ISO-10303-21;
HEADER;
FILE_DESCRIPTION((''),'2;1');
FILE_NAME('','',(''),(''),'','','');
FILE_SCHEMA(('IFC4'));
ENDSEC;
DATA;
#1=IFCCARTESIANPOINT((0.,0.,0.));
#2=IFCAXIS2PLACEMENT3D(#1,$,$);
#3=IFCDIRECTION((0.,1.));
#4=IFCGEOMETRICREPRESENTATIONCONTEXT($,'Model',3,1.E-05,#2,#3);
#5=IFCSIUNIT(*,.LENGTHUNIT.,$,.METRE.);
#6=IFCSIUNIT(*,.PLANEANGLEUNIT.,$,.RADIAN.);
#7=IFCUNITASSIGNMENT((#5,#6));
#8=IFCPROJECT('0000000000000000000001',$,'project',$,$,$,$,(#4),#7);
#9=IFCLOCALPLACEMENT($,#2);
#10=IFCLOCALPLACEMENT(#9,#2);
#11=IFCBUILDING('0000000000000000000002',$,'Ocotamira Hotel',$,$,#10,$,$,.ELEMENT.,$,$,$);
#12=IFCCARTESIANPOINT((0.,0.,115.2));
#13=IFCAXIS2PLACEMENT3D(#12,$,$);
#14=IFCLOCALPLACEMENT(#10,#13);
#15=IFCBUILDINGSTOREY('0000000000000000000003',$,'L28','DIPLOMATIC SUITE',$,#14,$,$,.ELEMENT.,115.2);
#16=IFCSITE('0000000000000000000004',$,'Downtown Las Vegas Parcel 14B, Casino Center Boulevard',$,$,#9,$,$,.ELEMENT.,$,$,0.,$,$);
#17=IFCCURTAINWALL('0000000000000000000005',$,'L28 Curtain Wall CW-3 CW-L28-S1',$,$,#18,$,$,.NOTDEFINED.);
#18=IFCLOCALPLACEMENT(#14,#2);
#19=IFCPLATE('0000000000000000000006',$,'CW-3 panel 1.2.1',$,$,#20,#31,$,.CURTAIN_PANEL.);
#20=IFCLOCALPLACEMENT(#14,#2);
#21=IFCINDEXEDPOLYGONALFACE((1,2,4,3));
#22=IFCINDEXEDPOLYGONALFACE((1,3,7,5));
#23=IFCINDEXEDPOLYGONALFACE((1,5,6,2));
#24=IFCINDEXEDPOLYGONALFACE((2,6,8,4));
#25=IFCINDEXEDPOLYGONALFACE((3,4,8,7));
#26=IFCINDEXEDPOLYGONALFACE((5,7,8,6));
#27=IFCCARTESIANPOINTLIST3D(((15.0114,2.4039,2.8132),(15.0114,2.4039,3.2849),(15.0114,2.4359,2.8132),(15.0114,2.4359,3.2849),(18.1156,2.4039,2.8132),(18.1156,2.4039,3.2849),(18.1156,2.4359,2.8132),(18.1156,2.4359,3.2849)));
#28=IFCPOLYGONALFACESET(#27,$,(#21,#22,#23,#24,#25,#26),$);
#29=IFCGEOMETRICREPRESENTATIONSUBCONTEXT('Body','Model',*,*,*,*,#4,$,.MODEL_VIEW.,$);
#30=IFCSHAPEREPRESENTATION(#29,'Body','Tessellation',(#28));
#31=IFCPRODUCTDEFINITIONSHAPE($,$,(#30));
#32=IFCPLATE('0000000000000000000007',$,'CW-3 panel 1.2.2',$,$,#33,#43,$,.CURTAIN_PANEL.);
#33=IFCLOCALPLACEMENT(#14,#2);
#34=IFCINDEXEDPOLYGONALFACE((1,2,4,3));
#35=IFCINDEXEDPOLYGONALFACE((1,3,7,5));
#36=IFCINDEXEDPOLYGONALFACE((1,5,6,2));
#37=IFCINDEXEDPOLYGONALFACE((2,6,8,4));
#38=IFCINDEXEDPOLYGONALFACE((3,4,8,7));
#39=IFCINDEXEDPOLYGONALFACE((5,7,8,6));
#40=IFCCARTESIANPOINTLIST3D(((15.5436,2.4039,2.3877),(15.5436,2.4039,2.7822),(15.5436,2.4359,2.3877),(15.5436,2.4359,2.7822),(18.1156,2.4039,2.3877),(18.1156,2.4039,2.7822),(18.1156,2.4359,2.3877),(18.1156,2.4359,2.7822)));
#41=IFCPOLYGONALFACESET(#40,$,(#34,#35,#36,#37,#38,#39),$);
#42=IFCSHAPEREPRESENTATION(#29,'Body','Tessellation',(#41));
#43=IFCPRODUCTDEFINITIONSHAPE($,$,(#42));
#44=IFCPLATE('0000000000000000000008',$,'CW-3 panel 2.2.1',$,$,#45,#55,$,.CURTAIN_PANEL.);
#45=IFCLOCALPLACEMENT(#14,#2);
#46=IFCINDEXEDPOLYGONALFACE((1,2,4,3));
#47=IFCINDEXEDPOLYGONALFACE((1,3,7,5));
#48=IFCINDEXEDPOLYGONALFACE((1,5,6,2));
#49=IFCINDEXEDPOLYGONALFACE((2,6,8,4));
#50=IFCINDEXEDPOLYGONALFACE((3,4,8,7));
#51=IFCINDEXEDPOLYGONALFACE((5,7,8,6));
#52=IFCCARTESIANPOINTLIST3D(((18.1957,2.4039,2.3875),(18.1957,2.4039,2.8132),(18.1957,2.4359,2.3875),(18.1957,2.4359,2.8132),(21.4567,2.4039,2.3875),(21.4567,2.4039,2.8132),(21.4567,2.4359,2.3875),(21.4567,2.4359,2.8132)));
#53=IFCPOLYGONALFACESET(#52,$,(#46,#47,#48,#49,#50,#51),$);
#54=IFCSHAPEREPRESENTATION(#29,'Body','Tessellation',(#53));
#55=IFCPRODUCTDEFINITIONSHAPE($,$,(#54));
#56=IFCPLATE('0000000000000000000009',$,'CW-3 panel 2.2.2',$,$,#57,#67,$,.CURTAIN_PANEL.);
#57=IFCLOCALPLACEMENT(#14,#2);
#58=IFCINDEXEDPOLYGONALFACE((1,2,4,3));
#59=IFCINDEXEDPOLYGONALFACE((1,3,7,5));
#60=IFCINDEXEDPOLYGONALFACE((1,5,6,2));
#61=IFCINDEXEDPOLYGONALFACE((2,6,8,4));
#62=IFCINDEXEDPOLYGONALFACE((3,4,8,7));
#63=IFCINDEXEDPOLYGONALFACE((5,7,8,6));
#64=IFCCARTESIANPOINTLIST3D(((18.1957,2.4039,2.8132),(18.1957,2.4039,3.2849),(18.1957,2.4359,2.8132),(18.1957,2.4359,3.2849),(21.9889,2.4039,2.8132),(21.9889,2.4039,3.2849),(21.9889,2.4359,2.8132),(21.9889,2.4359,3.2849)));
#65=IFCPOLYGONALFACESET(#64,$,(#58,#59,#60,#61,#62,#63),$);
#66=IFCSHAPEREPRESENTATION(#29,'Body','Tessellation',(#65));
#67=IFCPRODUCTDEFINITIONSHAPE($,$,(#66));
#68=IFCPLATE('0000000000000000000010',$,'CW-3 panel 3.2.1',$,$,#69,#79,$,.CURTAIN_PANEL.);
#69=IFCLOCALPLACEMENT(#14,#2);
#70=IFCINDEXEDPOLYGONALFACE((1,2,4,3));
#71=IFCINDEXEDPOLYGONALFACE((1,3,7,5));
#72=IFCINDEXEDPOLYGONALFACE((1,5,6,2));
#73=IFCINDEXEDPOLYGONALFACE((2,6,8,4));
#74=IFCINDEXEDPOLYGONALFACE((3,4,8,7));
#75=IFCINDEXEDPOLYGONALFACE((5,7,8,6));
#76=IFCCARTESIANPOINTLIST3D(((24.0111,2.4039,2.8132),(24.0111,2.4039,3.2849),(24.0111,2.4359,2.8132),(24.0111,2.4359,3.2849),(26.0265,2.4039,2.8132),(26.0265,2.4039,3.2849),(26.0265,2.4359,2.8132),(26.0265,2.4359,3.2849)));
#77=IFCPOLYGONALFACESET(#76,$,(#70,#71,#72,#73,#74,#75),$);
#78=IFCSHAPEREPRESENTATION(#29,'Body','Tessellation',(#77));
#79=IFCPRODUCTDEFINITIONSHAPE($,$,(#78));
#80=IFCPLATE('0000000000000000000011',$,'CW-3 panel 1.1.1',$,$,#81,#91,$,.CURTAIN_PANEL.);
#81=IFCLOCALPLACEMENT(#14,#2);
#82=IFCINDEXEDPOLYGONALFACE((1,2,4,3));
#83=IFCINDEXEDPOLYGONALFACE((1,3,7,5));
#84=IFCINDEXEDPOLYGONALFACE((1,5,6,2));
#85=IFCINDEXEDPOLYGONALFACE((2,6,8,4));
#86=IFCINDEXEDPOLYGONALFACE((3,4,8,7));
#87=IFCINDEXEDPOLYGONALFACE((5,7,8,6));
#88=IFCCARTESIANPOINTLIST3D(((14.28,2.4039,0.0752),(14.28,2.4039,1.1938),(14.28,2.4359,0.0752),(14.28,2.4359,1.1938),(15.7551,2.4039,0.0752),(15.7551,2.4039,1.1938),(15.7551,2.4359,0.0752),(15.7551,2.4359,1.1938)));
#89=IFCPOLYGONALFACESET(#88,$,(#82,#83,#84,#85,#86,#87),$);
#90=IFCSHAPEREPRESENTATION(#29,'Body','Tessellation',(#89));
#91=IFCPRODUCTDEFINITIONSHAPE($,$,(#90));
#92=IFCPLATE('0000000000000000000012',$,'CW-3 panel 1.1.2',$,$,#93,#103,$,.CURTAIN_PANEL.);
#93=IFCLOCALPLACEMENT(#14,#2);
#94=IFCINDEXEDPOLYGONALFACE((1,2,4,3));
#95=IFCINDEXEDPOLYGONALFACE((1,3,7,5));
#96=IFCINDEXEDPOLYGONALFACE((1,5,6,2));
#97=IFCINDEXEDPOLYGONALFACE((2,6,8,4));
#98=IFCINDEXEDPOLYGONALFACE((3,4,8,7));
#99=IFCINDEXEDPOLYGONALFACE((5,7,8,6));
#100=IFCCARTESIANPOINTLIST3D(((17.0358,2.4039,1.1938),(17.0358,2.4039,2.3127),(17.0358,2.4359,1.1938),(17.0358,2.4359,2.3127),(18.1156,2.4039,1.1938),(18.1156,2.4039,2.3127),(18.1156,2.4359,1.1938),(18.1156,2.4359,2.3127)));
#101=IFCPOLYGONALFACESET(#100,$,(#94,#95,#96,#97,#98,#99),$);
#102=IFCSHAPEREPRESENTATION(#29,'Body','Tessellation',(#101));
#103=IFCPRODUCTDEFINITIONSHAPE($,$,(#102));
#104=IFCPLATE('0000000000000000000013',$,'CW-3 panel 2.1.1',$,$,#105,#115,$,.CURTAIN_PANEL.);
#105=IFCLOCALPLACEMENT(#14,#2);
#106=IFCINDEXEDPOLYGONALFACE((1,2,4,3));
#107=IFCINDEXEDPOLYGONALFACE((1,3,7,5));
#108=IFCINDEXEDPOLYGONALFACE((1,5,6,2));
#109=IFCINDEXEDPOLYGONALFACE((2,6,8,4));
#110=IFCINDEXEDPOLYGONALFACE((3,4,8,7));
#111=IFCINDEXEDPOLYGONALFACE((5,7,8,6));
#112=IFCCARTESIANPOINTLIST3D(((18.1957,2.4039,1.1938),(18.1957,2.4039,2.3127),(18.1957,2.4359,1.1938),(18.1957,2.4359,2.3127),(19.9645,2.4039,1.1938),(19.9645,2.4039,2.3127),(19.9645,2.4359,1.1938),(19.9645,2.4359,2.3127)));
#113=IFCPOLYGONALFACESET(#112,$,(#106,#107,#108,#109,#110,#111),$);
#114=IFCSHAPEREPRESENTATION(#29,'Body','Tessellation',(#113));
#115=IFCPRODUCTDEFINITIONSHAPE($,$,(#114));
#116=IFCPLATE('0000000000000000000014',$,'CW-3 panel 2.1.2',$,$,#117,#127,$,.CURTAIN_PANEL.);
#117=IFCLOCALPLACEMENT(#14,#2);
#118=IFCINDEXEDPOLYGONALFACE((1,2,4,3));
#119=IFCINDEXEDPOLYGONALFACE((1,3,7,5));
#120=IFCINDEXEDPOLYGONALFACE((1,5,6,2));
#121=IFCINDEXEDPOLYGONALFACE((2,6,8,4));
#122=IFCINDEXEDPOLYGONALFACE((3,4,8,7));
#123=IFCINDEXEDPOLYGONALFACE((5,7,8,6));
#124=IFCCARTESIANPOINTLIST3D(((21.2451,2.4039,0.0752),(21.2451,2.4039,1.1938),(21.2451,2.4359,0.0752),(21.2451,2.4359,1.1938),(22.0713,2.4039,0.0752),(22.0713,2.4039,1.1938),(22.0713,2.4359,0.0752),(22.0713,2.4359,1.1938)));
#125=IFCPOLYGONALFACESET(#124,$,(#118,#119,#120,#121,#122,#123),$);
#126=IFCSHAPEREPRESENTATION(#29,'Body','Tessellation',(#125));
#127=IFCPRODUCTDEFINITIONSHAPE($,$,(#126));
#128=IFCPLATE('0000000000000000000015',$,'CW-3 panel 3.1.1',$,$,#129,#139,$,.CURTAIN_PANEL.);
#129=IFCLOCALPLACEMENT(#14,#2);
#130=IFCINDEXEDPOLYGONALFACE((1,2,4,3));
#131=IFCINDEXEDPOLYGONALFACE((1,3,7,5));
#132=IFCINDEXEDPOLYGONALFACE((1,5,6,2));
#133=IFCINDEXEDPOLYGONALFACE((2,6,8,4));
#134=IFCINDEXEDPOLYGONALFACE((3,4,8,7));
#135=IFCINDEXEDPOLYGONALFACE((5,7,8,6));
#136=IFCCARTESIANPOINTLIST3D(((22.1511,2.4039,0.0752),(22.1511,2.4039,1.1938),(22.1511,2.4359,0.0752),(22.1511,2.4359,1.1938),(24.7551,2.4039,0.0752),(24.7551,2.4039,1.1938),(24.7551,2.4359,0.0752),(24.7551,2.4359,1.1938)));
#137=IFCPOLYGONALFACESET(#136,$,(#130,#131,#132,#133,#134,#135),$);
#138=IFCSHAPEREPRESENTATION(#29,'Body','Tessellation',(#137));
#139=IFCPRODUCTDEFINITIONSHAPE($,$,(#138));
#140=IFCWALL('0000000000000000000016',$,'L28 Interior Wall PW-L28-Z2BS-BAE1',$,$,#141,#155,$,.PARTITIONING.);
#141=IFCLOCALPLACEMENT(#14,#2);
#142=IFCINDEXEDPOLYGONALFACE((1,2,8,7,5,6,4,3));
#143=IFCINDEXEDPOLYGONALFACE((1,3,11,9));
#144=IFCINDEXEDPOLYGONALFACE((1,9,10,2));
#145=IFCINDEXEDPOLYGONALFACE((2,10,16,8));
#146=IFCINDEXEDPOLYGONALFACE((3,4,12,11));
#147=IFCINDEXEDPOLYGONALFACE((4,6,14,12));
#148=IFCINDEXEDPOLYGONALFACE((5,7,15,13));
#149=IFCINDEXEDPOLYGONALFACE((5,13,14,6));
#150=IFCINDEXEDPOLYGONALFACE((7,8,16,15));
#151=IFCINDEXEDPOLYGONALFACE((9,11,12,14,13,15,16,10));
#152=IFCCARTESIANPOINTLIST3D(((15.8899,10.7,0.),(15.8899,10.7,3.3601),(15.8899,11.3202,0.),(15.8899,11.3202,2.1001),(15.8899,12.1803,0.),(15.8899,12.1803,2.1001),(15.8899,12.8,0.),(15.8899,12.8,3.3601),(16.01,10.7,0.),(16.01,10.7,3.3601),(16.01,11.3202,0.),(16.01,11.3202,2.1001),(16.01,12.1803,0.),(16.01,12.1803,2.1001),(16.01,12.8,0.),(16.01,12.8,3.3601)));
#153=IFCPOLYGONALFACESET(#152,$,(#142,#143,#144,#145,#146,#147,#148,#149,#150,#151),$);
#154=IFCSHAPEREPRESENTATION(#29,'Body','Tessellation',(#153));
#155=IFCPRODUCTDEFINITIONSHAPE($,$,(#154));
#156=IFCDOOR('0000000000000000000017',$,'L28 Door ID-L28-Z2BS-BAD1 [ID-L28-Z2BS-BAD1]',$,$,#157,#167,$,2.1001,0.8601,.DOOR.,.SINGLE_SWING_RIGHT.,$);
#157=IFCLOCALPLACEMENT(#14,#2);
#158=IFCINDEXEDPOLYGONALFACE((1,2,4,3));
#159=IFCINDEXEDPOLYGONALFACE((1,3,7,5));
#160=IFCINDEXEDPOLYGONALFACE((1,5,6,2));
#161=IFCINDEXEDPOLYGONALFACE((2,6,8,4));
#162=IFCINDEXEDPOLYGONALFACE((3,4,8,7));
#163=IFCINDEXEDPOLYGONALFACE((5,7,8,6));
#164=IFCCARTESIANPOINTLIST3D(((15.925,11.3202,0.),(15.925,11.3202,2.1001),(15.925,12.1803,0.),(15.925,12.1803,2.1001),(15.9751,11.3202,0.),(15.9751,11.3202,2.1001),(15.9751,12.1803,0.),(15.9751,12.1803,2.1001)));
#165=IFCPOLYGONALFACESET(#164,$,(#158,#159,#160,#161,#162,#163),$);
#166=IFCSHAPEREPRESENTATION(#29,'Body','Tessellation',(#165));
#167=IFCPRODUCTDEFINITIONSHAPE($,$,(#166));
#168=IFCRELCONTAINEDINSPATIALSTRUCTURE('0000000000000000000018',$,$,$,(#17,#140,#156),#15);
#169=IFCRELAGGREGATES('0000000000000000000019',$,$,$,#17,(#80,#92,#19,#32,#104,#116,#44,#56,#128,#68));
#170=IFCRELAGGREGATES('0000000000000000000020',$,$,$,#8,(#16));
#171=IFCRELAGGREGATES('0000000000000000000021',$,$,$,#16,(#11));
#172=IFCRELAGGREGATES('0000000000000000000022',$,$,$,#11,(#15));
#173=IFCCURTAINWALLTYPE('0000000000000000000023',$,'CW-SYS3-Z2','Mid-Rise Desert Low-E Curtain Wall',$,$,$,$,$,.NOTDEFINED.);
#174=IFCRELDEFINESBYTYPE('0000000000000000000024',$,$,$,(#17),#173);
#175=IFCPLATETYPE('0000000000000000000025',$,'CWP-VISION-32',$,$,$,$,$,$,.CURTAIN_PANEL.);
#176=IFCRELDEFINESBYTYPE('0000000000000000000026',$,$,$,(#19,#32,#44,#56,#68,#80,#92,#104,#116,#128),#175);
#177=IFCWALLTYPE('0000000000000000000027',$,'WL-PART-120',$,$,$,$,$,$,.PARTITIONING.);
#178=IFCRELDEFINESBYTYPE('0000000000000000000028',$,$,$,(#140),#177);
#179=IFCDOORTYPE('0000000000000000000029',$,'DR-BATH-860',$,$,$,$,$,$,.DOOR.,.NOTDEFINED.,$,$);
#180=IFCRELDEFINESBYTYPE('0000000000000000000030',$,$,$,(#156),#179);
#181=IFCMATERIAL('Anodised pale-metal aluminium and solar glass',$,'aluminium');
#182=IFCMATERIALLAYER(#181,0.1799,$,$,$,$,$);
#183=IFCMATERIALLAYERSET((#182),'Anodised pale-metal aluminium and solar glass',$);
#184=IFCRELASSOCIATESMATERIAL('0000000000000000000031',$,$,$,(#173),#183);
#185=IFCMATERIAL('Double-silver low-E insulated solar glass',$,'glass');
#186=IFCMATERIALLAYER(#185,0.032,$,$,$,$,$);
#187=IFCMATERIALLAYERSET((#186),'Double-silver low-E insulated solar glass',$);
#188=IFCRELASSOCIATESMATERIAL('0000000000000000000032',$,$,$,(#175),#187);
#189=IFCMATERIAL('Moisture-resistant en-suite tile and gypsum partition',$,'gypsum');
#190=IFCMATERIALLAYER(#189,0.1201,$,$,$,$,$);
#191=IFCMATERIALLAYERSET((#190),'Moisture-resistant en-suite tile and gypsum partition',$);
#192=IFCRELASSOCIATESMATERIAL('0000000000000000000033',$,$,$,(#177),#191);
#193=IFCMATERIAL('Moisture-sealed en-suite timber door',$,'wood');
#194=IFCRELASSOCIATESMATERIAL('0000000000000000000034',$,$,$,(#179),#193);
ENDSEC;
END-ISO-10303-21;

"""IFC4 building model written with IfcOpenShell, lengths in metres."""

from ifc_helpers import new_model, si_unit, direction, frame, frame_2d, origin, origin_2d, place, context, subcontext, project, spatial, rectangle, extrude, source, transform, mapped, material, layer, layer_set, type_object, element, fill, aggregate, save


model = new_model("IFC4")

# Units and contexts
model_context = context("Model", 3, precision=1e-05, world=origin(), true_north=direction((0.0, 1.0)))
body_context = subcontext(model_context, "Body", "Model", "MODEL_VIEW")
ifc_project = project(units=[si_unit("LENGTHUNIT", "METRE"), si_unit("PLANEANGLEUNIT", "RADIAN")], contexts=[model_context])

# Site, building, storey
site_placement = place(None, origin())
site = spatial("IfcSite", under=ifc_project, at=site_placement, Name="Downtown Las Vegas Parcel 14B, Casino Center Boulevard", CompositionType="ELEMENT", RefElevation=0.0)
building_placement = place(site_placement, origin())
building = spatial("IfcBuilding", under=site, at=building_placement, Name="Ocotamira Hotel", CompositionType="ELEMENT")
storey_placement = place(building_placement, frame((0.0, 0.0, 115.2)))
storey = spatial("IfcBuildingStorey", under=building, at=storey_placement, Name="L28", Description="DIPLOMATIC SUITE", CompositionType="ELEMENT", Elevation=115.2)

# Curtain wall
ifc_material_1 = material(Name="Anodised pale-metal aluminium and solar glass", Category="aluminium")
ifc_layer_1 = layer(ifc_material_1, 0.1799)
ifc_layer_set_1 = layer_set([ifc_layer_1], Name="Anodised pale-metal aluminium and solar glass")
curtain_wall_type = type_object("IfcCurtainWallType", Name="CW-SYS3-Z2", Description="Mid-Rise Desert Low-E Curtain Wall", PredefinedType="NOTDEFINED", material=ifc_layer_set_1)
curtain_wall_placement = place(storey_placement, origin())
curtain_wall = element("IfcCurtainWall", 1, at=curtain_wall_placement, inside=storey, type_object=curtain_wall_type, Name="L28 Curtain Wall CW-3 CW-L28-S1", PredefinedType="NOTDEFINED")

# Plates
ifc_material_2 = material(Name="Double-silver low-E insulated solar glass", Category="glass")
ifc_layer_2 = layer(ifc_material_2, 0.032)
ifc_layer_set_2 = layer_set([ifc_layer_2], Name="Double-silver low-E insulated solar glass")
plate_type_1 = type_object("IfcPlateType", Name="CWP-VISION-32", PredefinedType="CURTAIN_PANEL", material=ifc_layer_set_2)
shared_shape_1 = source(origin(), body_context, "Body", "SweptSolid", [
    extrude(rectangle(XDim=3.1042, YDim=0.032, at=origin_2d()), origin(), (0.0, 0.0, 1.0), 0.4717),
])
plate_1_placement = place(storey_placement, frame((16.5635, 2.4199, 2.8132), z_axis=(0.0, 0.0, 1.0), x_axis=(1.0, 0.0, 0.0)))
plate_1 = element("IfcPlate", 2, at=plate_1_placement, type_object=plate_type_1, Name="CW-3 panel 1.2.1", PredefinedType="CURTAIN_PANEL", context=body_context, shape_type="MappedRepresentation", body=[
    mapped(shared_shape_1, transform((0.0, 0.0, 0.0), scale=1.0)),
])
shared_shape_2 = source(origin(), body_context, "Body", "SweptSolid", [
    extrude(rectangle(XDim=2.572, YDim=0.032, at=origin_2d()), origin(), (0.0, 0.0, 1.0), 0.3945),
])
plate_2_placement = place(storey_placement, frame((16.8296, 2.4199, 2.3877), z_axis=(0.0, 0.0, 1.0), x_axis=(1.0, 0.0, 0.0)))
plate_2 = element("IfcPlate", 3, at=plate_2_placement, type_object=plate_type_1, Name="CW-3 panel 1.2.2", PredefinedType="CURTAIN_PANEL", context=body_context, shape_type="MappedRepresentation", body=[
    mapped(shared_shape_2, transform((0.0, 0.0, 0.0), scale=1.0)),
])
shared_shape_3 = source(origin(), body_context, "Body", "SweptSolid", [
    extrude(rectangle(XDim=3.261, YDim=0.032, at=origin_2d()), origin(), (0.0, 0.0, 1.0), 0.4258),
])
plate_3_placement = place(storey_placement, frame((19.8262, 2.4199, 2.3875), z_axis=(0.0, 0.0, 1.0), x_axis=(1.0, 0.0, 0.0)))
plate_3 = element("IfcPlate", 4, at=plate_3_placement, type_object=plate_type_1, Name="CW-3 panel 2.2.1", PredefinedType="CURTAIN_PANEL", context=body_context, shape_type="MappedRepresentation", body=[
    mapped(shared_shape_3, transform((0.0, 0.0, 0.0), scale=1.0)),
])
shared_shape_4 = source(origin(), body_context, "Body", "SweptSolid", [
    extrude(rectangle(XDim=3.7932, YDim=0.032, at=origin_2d()), origin(), (0.0, 0.0, 1.0), 0.4717),
])
plate_4_placement = place(storey_placement, frame((20.0923, 2.4199, 2.8132), z_axis=(0.0, 0.0, 1.0), x_axis=(1.0, 0.0, 0.0)))
plate_4 = element("IfcPlate", 5, at=plate_4_placement, type_object=plate_type_1, Name="CW-3 panel 2.2.2", PredefinedType="CURTAIN_PANEL", context=body_context, shape_type="MappedRepresentation", body=[
    mapped(shared_shape_4, transform((0.0, 0.0, 0.0), scale=1.0)),
])
shared_shape_5 = source(origin(), body_context, "Body", "SweptSolid", [
    extrude(rectangle(XDim=2.0154, YDim=0.032, at=origin_2d()), origin(), (0.0, 0.0, 1.0), 0.4717),
])
plate_5_placement = place(storey_placement, frame((25.0188, 2.4199, 2.8132), z_axis=(0.0, 0.0, 1.0), x_axis=(1.0, 0.0, 0.0)))
plate_5 = element("IfcPlate", 6, at=plate_5_placement, type_object=plate_type_1, Name="CW-3 panel 3.2.1", PredefinedType="CURTAIN_PANEL", context=body_context, shape_type="MappedRepresentation", body=[
    mapped(shared_shape_5, transform((0.0, 0.0, 0.0), scale=1.0)),
])
shared_shape_6 = source(origin(), body_context, "Body", "SweptSolid", [
    extrude(rectangle(XDim=1.4751, YDim=0.032, at=origin_2d()), origin(), (0.0, 0.0, 1.0), 1.1187),
])
plate_6_placement = place(storey_placement, frame((15.0176, 2.4199, 0.0752), z_axis=(0.0, 0.0, 1.0), x_axis=(1.0, 0.0, 0.0)))
plate_6 = element("IfcPlate", 7, at=plate_6_placement, type_object=plate_type_1, Name="CW-3 panel 1.1.1", PredefinedType="CURTAIN_PANEL", context=body_context, shape_type="MappedRepresentation", body=[
    mapped(shared_shape_6, transform((0.0, 0.0, 0.0), scale=1.0)),
])
shared_shape_7 = source(origin(), body_context, "Body", "SweptSolid", [
    extrude(rectangle(XDim=1.0798, YDim=0.032, at=origin_2d()), origin(), (0.0, 0.0, 1.0), 1.1189),
])
plate_7_placement = place(storey_placement, frame((17.5757, 2.4199, 1.1938), z_axis=(0.0, 0.0, 1.0), x_axis=(1.0, 0.0, 0.0)))
plate_7 = element("IfcPlate", 8, at=plate_7_placement, type_object=plate_type_1, Name="CW-3 panel 1.1.2", PredefinedType="CURTAIN_PANEL", context=body_context, shape_type="MappedRepresentation", body=[
    mapped(shared_shape_7, transform((0.0, 0.0, 0.0), scale=1.0)),
])
shared_shape_8 = source(origin(), body_context, "Body", "SweptSolid", [
    extrude(rectangle(XDim=1.7688, YDim=0.032, at=origin_2d()), origin(), (0.0, 0.0, 1.0), 1.1189),
])
plate_8_placement = place(storey_placement, frame((19.0801, 2.4199, 1.1938), z_axis=(0.0, 0.0, 1.0), x_axis=(1.0, 0.0, 0.0)))
plate_8 = element("IfcPlate", 9, at=plate_8_placement, type_object=plate_type_1, Name="CW-3 panel 2.1.1", PredefinedType="CURTAIN_PANEL", context=body_context, shape_type="MappedRepresentation", body=[
    mapped(shared_shape_8, transform((0.0, 0.0, 0.0), scale=1.0)),
])
shared_shape_9 = source(origin(), body_context, "Body", "SweptSolid", [
    extrude(rectangle(XDim=0.8262, YDim=0.032, at=origin_2d()), origin(), (0.0, 0.0, 1.0), 1.1187),
])
plate_9_placement = place(storey_placement, frame((21.6582, 2.4199, 0.0752), z_axis=(0.0, 0.0, 1.0), x_axis=(1.0, 0.0, 0.0)))
plate_9 = element("IfcPlate", 10, at=plate_9_placement, type_object=plate_type_1, Name="CW-3 panel 2.1.2", PredefinedType="CURTAIN_PANEL", context=body_context, shape_type="MappedRepresentation", body=[
    mapped(shared_shape_9, transform((0.0, 0.0, 0.0), scale=1.0)),
])
shared_shape_10 = source(origin(), body_context, "Body", "SweptSolid", [
    extrude(rectangle(XDim=2.604, YDim=0.032, at=origin_2d()), origin(), (0.0, 0.0, 1.0), 1.1187),
])
plate_10_placement = place(storey_placement, frame((23.4531, 2.4199, 0.0752), z_axis=(0.0, 0.0, 1.0), x_axis=(1.0, 0.0, 0.0)))
plate_10 = element("IfcPlate", 11, at=plate_10_placement, type_object=plate_type_1, Name="CW-3 panel 3.1.1", PredefinedType="CURTAIN_PANEL", context=body_context, shape_type="MappedRepresentation", body=[
    mapped(shared_shape_10, transform((0.0, 0.0, 0.0), scale=1.0)),
])
aggregate(curtain_wall, [plate_6, plate_7, plate_1, plate_2, plate_8, plate_9, plate_3, plate_4, plate_10, plate_5])

# Wall, opening, door
ifc_material_3 = material(Name="Moisture-resistant en-suite tile and gypsum partition", Category="gypsum")
ifc_layer_3 = layer(ifc_material_3, 0.1201)
ifc_layer_set_3 = layer_set([ifc_layer_3], Name="Moisture-resistant en-suite tile and gypsum partition")
wall_type_1 = type_object("IfcWallType", Name="WL-PART-120", PredefinedType="PARTITIONING", material=ifc_layer_set_3)
wall_1_placement = place(storey_placement, frame((15.95, 10.7, 0.0), z_axis=(0.0, 0.0, 1.0), x_axis=(0.0, 1.0, 0.0)))
wall_1 = element("IfcWall", 12, at=wall_1_placement, inside=storey, type_object=wall_type_1, Name="L28 Interior Wall PW-L28-Z2BS-BAE1", PredefinedType="PARTITIONING", context=body_context, shape_type="SweptSolid", body=[
    extrude(rectangle(XDim=2.1001, YDim=0.1201, at=frame_2d((1.05, 0.0))), origin(), (0.0, 0.0, 1.0), 3.3601),
])
opening_1_placement = place(wall_1_placement, frame((0.6201, 0.0, 0.0)))
opening_1 = element("IfcOpeningElement", 13, at=opening_1_placement, cuts=wall_1, PredefinedType="OPENING", context=body_context, shape_type="SweptSolid", body=[
    extrude(rectangle(XDim=0.8601, YDim=2.1001, at=frame_2d((0.4302, 1.05))), frame((0.0, 0.0701, 0.0), z_axis=(0.0, -1.0, 0.0), x_axis=(1.0, 0.0, 0.0)), (0.0, 0.0, 1.0), 0.1401),
])
ifc_material_4 = material(Name="Moisture-sealed en-suite timber door", Category="wood")
door_type = type_object("IfcDoorType", Name="DR-BATH-860", OperationType="NOTDEFINED", PredefinedType="DOOR", material=ifc_material_4)
shared_shape_11 = source(origin(), body_context, "Body", "SweptSolid", [
    extrude(rectangle(XDim=0.8601, YDim=2.1001, at=frame_2d((0.4302, 1.05))), frame((0.0, 0.0249, 0.0), z_axis=(0.0, -1.0, 0.0), x_axis=(1.0, 0.0, 0.0)), (0.0, 0.0, 1.0), 0.05),
])
door_1_placement = place(opening_1_placement, origin())
door_1 = element("IfcDoor", 14, at=door_1_placement, inside=storey, type_object=door_type, Name="L28 Door ID-L28-Z2BS-BAD1 [ID-L28-Z2BS-BAD1]", OperationType="SINGLE_SWING_RIGHT", OverallHeight=2.1001, OverallWidth=0.8601, PredefinedType="DOOR", context=body_context, shape_type="MappedRepresentation", body=[
    mapped(shared_shape_11, transform((0.0, 0.0, 0.0), scale=1.0)),
])
fill(opening_1, door_1)

save(model, "model.ifc")
